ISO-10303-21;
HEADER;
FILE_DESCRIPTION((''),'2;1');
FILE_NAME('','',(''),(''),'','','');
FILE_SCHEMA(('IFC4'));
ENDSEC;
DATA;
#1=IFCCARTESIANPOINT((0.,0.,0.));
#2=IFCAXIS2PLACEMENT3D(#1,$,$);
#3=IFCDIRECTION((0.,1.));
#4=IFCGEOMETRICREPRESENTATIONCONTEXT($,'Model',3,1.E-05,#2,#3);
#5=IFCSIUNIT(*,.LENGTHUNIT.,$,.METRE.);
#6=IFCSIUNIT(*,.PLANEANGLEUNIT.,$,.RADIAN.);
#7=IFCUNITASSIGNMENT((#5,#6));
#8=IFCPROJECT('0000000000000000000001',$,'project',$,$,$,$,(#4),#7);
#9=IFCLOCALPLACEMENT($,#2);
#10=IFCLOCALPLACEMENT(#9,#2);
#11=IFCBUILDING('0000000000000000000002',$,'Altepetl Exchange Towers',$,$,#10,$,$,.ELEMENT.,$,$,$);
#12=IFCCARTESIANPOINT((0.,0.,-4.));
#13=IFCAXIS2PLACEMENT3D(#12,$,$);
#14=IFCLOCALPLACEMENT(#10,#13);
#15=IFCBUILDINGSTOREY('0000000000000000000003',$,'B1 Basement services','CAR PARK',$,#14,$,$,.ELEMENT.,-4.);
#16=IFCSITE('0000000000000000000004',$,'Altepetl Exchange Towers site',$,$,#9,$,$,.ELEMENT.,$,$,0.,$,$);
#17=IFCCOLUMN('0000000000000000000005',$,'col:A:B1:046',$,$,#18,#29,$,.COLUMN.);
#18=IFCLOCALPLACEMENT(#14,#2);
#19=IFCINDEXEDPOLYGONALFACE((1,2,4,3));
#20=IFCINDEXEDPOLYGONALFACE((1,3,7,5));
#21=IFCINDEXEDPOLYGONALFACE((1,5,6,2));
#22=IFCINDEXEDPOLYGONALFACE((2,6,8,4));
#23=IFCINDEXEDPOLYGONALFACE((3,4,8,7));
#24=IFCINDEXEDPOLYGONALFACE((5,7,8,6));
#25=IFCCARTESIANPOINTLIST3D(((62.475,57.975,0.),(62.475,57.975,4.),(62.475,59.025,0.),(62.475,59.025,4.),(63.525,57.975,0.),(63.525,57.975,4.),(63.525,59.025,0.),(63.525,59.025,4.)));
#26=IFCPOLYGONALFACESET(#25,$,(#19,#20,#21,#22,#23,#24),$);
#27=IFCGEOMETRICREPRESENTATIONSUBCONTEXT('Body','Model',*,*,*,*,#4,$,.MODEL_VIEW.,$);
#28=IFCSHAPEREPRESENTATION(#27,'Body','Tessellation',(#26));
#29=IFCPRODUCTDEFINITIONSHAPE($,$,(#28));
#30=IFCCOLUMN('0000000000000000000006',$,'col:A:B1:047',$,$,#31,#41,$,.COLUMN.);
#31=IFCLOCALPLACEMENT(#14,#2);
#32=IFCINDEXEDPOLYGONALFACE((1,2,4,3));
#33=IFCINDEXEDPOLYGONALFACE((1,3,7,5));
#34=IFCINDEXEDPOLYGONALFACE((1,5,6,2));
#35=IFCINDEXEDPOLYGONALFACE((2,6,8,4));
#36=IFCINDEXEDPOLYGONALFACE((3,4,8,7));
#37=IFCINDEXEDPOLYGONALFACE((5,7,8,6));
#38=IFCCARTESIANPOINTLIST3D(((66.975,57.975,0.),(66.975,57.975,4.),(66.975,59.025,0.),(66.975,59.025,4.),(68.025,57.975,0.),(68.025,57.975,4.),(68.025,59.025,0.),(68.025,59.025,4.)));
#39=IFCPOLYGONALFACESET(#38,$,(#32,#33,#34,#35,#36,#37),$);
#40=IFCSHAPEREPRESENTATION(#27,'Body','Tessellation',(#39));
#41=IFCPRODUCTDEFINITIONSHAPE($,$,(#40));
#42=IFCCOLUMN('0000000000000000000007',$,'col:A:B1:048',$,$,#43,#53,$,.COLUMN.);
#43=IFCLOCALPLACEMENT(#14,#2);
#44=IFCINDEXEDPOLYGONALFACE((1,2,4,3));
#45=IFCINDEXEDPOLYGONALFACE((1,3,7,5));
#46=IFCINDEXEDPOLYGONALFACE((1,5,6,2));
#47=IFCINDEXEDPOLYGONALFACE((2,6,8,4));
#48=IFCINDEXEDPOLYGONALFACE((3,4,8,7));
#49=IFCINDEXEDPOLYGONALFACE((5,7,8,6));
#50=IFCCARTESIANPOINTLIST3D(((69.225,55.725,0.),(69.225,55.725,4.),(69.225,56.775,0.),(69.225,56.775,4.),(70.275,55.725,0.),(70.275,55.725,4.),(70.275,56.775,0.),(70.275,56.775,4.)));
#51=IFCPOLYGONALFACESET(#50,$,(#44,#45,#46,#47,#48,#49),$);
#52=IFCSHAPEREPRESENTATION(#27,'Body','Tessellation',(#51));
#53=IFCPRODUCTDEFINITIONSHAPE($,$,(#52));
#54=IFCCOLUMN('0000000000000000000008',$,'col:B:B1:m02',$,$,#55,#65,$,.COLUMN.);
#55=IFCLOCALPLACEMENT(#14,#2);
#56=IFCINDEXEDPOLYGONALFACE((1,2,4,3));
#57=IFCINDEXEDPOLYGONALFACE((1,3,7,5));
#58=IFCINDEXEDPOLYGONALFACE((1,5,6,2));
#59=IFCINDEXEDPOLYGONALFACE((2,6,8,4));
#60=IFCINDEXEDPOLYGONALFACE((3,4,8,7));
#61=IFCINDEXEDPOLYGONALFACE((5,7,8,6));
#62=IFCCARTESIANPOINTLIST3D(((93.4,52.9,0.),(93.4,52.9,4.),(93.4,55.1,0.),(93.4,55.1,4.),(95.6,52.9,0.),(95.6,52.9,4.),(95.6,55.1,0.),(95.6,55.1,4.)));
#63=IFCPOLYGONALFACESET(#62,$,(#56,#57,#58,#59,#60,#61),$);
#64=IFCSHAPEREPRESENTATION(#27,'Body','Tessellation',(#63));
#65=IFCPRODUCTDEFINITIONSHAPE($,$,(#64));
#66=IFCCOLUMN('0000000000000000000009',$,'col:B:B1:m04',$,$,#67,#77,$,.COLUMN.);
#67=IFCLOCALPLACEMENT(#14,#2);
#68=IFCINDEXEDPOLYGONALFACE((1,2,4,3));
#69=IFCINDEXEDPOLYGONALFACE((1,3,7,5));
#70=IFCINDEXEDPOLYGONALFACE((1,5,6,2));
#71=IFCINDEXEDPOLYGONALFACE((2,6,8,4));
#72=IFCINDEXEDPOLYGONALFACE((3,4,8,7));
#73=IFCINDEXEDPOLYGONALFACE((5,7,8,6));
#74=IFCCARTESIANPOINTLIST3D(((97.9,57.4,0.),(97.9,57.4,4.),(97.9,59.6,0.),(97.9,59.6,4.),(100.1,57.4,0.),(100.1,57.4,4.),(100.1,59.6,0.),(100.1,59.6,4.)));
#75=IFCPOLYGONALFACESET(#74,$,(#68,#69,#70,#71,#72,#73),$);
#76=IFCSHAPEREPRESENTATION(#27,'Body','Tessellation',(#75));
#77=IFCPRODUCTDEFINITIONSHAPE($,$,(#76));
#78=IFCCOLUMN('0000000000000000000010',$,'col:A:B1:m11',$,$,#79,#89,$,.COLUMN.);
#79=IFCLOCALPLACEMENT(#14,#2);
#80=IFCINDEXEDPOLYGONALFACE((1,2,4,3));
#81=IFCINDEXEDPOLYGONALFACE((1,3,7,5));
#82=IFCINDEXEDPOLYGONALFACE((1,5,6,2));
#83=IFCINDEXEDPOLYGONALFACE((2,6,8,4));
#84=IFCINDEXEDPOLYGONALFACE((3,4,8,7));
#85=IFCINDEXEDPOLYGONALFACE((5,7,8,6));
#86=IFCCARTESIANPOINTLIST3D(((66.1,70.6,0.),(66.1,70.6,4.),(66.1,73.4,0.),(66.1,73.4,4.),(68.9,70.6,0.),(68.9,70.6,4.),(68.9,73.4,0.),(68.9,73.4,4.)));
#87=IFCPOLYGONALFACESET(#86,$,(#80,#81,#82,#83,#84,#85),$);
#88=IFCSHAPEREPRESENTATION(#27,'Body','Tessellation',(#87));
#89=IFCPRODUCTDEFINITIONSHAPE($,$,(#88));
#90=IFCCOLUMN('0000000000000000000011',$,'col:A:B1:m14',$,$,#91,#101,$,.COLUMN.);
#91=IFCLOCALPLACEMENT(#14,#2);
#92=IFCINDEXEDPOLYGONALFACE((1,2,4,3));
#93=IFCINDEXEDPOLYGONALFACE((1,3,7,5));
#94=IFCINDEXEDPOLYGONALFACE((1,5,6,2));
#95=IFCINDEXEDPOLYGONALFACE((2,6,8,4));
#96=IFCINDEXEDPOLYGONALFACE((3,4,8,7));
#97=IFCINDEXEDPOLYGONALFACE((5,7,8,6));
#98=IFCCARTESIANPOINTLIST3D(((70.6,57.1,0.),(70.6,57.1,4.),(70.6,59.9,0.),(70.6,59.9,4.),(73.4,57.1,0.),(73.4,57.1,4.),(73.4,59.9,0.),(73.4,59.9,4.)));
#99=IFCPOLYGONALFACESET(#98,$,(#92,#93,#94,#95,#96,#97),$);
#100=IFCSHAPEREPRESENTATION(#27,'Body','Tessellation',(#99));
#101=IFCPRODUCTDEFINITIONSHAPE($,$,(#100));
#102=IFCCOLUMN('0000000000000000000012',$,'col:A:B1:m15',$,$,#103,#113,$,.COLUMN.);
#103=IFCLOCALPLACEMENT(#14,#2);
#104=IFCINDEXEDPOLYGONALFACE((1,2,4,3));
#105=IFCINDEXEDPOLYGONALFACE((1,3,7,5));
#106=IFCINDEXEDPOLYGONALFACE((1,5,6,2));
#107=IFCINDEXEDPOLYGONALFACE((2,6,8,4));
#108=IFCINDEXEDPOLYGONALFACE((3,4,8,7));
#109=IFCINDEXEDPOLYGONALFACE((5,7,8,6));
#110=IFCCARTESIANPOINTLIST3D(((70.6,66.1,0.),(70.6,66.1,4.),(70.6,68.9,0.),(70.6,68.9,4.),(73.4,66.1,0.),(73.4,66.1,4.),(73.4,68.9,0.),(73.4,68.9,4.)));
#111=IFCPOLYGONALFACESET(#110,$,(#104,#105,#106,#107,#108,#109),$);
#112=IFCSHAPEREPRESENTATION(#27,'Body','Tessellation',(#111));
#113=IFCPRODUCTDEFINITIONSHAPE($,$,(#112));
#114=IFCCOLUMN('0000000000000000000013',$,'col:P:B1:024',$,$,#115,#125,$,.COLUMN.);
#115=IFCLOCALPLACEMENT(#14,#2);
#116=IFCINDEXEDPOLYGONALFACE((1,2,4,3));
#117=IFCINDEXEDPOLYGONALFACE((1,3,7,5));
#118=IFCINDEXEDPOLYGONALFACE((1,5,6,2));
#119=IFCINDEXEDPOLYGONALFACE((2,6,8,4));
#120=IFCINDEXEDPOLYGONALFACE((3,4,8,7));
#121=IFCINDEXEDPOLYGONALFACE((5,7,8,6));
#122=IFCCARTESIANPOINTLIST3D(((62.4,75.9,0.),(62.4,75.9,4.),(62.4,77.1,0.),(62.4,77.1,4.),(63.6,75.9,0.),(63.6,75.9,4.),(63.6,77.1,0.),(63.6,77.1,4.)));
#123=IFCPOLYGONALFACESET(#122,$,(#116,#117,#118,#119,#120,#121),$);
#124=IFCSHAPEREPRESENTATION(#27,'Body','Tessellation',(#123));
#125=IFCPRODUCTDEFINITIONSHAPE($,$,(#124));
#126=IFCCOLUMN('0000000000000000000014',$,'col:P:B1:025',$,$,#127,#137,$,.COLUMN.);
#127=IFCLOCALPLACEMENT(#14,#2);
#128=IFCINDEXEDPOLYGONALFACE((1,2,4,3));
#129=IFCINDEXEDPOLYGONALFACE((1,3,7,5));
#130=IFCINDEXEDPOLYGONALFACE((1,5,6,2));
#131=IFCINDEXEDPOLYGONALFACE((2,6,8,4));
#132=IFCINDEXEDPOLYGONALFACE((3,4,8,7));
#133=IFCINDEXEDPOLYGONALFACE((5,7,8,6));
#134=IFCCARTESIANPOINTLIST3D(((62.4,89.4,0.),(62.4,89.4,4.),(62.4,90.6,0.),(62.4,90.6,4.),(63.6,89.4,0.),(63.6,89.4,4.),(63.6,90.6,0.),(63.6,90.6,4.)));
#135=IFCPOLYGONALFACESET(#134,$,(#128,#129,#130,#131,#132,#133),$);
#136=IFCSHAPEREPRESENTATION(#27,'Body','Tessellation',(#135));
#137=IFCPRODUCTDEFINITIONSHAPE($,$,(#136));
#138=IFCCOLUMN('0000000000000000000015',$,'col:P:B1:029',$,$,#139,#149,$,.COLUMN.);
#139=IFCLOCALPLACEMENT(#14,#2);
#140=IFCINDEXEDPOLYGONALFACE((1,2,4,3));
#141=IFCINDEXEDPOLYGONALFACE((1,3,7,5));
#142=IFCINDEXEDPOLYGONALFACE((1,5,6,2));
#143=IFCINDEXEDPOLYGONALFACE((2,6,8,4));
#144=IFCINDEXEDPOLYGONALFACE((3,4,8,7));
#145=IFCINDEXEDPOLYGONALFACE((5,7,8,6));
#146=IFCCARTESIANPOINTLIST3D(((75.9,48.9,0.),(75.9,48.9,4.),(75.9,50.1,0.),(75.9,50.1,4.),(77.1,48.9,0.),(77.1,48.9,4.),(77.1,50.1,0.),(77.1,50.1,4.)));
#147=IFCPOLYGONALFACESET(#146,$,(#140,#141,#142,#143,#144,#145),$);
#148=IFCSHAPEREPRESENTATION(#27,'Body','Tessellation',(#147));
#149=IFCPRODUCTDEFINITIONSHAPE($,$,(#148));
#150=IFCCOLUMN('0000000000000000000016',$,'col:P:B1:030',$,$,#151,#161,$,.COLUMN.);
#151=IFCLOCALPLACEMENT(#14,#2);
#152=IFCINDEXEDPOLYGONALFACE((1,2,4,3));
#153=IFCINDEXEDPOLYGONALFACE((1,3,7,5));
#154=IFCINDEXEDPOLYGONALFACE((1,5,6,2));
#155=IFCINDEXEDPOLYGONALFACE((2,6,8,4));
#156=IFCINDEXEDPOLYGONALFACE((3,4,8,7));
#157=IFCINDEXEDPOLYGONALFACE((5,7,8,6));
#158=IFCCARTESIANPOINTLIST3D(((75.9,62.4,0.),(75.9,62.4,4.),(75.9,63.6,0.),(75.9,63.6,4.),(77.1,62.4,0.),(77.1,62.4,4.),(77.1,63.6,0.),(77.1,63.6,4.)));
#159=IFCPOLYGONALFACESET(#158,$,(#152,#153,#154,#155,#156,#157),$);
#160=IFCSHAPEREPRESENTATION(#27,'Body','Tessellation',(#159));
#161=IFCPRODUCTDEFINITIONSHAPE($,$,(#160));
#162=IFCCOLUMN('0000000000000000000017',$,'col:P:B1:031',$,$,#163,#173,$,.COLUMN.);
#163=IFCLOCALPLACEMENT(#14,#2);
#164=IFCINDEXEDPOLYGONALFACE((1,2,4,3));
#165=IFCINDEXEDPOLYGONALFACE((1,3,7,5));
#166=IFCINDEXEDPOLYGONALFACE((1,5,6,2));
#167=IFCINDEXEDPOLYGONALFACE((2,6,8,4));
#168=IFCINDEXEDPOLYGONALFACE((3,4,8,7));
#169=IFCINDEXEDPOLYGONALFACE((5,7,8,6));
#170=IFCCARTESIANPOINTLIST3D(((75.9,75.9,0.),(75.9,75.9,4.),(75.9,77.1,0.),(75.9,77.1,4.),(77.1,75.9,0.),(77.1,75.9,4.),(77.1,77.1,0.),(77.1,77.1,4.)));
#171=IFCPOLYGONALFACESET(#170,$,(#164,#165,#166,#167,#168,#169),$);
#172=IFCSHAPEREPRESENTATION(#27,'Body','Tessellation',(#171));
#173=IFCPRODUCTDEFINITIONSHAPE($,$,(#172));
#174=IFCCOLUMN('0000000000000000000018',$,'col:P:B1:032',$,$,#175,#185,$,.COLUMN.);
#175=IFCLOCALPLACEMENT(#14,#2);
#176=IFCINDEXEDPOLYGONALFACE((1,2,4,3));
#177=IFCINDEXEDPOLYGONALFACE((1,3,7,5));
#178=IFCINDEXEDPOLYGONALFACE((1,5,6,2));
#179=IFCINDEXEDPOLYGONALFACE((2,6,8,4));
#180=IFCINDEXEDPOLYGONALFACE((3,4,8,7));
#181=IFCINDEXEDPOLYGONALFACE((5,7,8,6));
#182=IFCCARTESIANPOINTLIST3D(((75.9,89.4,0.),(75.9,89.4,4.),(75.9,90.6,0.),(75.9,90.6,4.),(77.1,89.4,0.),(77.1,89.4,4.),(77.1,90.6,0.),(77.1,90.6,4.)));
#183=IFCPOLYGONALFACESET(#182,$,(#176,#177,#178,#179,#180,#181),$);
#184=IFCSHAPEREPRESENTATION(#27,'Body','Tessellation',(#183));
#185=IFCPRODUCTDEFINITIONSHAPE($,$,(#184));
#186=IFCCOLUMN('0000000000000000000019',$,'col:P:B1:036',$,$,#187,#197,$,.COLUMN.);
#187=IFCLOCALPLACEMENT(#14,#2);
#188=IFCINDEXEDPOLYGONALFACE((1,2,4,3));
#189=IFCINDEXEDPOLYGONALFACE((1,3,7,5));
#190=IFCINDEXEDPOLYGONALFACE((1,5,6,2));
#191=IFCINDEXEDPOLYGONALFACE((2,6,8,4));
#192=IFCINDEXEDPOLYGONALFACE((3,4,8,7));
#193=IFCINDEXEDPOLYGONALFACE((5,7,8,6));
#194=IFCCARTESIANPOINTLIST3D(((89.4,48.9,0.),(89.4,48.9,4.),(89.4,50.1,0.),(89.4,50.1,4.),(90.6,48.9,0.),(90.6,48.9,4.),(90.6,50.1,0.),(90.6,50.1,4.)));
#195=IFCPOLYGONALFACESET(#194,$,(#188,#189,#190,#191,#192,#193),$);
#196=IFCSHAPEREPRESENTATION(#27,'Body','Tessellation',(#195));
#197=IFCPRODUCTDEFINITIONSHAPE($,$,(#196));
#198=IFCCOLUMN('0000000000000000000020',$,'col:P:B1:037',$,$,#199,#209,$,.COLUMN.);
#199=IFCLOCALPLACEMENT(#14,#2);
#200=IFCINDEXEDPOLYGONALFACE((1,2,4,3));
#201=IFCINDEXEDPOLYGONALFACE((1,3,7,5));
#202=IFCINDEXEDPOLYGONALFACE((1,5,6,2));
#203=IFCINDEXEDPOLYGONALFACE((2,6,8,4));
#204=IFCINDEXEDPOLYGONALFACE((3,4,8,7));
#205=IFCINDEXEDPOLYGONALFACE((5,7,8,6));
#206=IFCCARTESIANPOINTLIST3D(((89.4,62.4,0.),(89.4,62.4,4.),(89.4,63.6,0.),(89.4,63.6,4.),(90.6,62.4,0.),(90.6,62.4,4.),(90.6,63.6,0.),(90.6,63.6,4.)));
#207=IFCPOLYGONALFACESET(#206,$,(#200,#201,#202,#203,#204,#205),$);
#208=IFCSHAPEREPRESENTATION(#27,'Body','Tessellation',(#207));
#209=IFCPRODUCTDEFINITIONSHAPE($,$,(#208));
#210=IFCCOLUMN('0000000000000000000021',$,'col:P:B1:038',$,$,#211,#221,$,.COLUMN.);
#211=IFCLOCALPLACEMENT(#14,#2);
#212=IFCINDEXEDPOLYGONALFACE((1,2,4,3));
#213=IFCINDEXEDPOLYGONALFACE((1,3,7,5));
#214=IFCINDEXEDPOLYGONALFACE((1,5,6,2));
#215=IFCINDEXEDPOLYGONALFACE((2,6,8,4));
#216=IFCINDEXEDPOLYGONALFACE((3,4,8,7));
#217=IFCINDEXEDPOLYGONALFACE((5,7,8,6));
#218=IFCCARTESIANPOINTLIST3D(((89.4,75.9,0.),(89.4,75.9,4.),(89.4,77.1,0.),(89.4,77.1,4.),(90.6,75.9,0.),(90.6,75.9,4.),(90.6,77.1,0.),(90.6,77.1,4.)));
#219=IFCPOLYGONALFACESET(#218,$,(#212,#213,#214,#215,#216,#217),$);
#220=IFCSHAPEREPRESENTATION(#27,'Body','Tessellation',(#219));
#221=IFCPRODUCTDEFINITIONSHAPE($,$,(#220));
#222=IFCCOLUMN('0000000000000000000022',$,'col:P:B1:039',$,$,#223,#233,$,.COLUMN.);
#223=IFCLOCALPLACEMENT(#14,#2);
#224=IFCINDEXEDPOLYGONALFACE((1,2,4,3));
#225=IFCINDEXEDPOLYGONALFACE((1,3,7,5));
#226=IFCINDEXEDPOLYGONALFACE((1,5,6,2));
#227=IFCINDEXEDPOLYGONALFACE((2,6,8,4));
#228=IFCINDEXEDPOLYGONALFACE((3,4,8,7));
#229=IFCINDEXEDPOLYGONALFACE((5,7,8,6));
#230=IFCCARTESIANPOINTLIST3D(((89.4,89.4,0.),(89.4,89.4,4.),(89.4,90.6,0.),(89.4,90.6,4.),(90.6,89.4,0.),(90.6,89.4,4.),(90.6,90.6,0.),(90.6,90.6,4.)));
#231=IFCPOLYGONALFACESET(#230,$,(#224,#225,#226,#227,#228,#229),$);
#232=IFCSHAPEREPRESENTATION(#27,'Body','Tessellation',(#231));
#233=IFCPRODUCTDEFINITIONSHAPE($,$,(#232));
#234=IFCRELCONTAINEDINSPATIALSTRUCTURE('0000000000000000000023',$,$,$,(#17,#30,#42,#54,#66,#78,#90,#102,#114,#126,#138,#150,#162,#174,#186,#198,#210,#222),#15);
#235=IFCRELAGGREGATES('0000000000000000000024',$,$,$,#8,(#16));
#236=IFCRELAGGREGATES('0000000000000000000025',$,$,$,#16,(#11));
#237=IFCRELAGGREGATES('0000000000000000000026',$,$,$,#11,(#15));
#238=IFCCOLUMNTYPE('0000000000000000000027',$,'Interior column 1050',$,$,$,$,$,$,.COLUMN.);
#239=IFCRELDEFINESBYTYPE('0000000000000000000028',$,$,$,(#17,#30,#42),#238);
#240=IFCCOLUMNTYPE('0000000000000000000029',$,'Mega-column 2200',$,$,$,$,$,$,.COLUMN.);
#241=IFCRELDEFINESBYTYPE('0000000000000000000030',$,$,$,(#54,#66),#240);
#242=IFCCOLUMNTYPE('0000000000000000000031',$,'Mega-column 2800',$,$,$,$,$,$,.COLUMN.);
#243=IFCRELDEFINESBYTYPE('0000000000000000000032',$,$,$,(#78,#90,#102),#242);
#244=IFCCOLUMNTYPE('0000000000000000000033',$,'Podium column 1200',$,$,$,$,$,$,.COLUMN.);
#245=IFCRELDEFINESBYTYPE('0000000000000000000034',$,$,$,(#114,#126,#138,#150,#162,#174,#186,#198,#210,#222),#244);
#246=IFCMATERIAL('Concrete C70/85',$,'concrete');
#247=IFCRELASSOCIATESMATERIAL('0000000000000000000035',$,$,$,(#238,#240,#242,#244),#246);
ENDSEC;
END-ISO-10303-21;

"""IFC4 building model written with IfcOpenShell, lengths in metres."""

from ifc_helpers import new_model, si_unit, direction, frame, origin, origin_2d, place, context, subcontext, project, spatial, rectangle, extrude, material, material_profile, profile_set, type_object, element, save


model = new_model("IFC4")

# Units and contexts
model_context = context("Model", 3, precision=1e-05, world=origin(), true_north=direction((0.0, 1.0)))
body_context = subcontext(model_context, "Body", "Model", "MODEL_VIEW")
ifc_project = project(units=[si_unit("LENGTHUNIT", "METRE"), si_unit("PLANEANGLEUNIT", "RADIAN")], contexts=[model_context])

# Site, building, storey
site_placement = place(None, origin())
site = spatial("IfcSite", under=ifc_project, at=site_placement, Name="Altepetl Exchange Towers site", CompositionType="ELEMENT", RefElevation=0.0)
building_placement = place(site_placement, origin())
building = spatial("IfcBuilding", under=site, at=building_placement, Name="Altepetl Exchange Towers", CompositionType="ELEMENT")
storey_placement = place(building_placement, frame((0.0, 0.0, -4.0)))
storey = spatial("IfcBuildingStorey", under=building, at=storey_placement, Name="B1 Basement services", Description="CAR PARK", CompositionType="ELEMENT", Elevation=-4.0)

# Columns
ifc_material_1 = material(Name="Concrete C70/85", Category="concrete")
ifc_material_profile_1 = material_profile(ifc_material_1, rectangle(XDim=1.05, YDim=1.05, at=origin_2d()), Name="1050 x 1050")
ifc_profile_set_1 = profile_set([ifc_material_profile_1], Name="Concrete C70/85")
column_type_1 = type_object("IfcColumnType", Name="Interior column 1050", PredefinedType="COLUMN", material=ifc_profile_set_1)
for number, where, name in (
    (1, (63.0, 58.5, 0.0), "col:A:B1:046"),
    (2, (67.5, 58.5, 0.0), "col:A:B1:047"),
    (3, (69.75, 56.25, 0.0), "col:A:B1:048"),
):
    element("IfcColumn", number, at=place(storey_placement, frame(where)), inside=storey, type_object=column_type_1, Name=name, PredefinedType="COLUMN", context=body_context, shape_type="SweptSolid", body=[
        extrude(rectangle(XDim=1.05, YDim=1.05, at=origin_2d()), origin(), (0.0, 0.0, 1.0), 4.0),
    ])
ifc_material_profile_2 = material_profile(ifc_material_1, rectangle(XDim=2.2, YDim=2.2, at=origin_2d()), Name="2200 x 2200")
ifc_profile_set_2 = profile_set([ifc_material_profile_2], Name="Concrete C70/85")
column_type_2 = type_object("IfcColumnType", Name="Mega-column 2200", PredefinedType="COLUMN", material=ifc_profile_set_2)
for number, where, name in (
    (4, (94.5, 54.0, 0.0), "col:B:B1:m02"),
    (5, (99.0, 58.5, 0.0), "col:B:B1:m04"),
):
    element("IfcColumn", number, at=place(storey_placement, frame(where)), inside=storey, type_object=column_type_2, Name=name, PredefinedType="COLUMN", context=body_context, shape_type="SweptSolid", body=[
        extrude(rectangle(XDim=2.2, YDim=2.2, at=origin_2d()), origin(), (0.0, 0.0, 1.0), 4.0),
    ])
ifc_material_profile_3 = material_profile(ifc_material_1, rectangle(XDim=2.8, YDim=2.8, at=origin_2d()), Name="2800 x 2800")
ifc_profile_set_3 = profile_set([ifc_material_profile_3], Name="Concrete C70/85")
column_type_3 = type_object("IfcColumnType", Name="Mega-column 2800", PredefinedType="COLUMN", material=ifc_profile_set_3)
for number, where, name in (
    (6, (67.5, 72.0, 0.0), "col:A:B1:m11"),
    (7, (72.0, 58.5, 0.0), "col:A:B1:m14"),
    (8, (72.0, 67.5, 0.0), "col:A:B1:m15"),
):
    element("IfcColumn", number, at=place(storey_placement, frame(where)), inside=storey, type_object=column_type_3, Name=name, PredefinedType="COLUMN", context=body_context, shape_type="SweptSolid", body=[
        extrude(rectangle(XDim=2.8, YDim=2.8, at=origin_2d()), origin(), (0.0, 0.0, 1.0), 4.0),
    ])
ifc_material_profile_4 = material_profile(ifc_material_1, rectangle(XDim=1.2, YDim=1.2, at=origin_2d()), Name="1200 x 1200")
ifc_profile_set_4 = profile_set([ifc_material_profile_4], Name="Concrete C70/85")
column_type_4 = type_object("IfcColumnType", Name="Podium column 1200", PredefinedType="COLUMN", material=ifc_profile_set_4)
for number, where, name in (
    (9, (63.0, 76.5, 0.0), "col:P:B1:024"),
    (10, (63.0, 90.0, 0.0), "col:P:B1:025"),
    (11, (76.5, 49.5, 0.0), "col:P:B1:029"),
    (12, (76.5, 63.0, 0.0), "col:P:B1:030"),
    (13, (76.5, 76.5, 0.0), "col:P:B1:031"),
    (14, (76.5, 90.0, 0.0), "col:P:B1:032"),
    (15, (90.0, 49.5, 0.0), "col:P:B1:036"),
    (16, (90.0, 63.0, 0.0), "col:P:B1:037"),
    (17, (90.0, 76.5, 0.0), "col:P:B1:038"),
    (18, (90.0, 90.0, 0.0), "col:P:B1:039"),
):
    element("IfcColumn", number, at=place(storey_placement, frame(where)), inside=storey, type_object=column_type_4, Name=name, PredefinedType="COLUMN", context=body_context, shape_type="SweptSolid", body=[
        extrude(rectangle(XDim=1.2, YDim=1.2, at=origin_2d()), origin(), (0.0, 0.0, 1.0), 4.0),
    ])

save(model, "model.ifc")
